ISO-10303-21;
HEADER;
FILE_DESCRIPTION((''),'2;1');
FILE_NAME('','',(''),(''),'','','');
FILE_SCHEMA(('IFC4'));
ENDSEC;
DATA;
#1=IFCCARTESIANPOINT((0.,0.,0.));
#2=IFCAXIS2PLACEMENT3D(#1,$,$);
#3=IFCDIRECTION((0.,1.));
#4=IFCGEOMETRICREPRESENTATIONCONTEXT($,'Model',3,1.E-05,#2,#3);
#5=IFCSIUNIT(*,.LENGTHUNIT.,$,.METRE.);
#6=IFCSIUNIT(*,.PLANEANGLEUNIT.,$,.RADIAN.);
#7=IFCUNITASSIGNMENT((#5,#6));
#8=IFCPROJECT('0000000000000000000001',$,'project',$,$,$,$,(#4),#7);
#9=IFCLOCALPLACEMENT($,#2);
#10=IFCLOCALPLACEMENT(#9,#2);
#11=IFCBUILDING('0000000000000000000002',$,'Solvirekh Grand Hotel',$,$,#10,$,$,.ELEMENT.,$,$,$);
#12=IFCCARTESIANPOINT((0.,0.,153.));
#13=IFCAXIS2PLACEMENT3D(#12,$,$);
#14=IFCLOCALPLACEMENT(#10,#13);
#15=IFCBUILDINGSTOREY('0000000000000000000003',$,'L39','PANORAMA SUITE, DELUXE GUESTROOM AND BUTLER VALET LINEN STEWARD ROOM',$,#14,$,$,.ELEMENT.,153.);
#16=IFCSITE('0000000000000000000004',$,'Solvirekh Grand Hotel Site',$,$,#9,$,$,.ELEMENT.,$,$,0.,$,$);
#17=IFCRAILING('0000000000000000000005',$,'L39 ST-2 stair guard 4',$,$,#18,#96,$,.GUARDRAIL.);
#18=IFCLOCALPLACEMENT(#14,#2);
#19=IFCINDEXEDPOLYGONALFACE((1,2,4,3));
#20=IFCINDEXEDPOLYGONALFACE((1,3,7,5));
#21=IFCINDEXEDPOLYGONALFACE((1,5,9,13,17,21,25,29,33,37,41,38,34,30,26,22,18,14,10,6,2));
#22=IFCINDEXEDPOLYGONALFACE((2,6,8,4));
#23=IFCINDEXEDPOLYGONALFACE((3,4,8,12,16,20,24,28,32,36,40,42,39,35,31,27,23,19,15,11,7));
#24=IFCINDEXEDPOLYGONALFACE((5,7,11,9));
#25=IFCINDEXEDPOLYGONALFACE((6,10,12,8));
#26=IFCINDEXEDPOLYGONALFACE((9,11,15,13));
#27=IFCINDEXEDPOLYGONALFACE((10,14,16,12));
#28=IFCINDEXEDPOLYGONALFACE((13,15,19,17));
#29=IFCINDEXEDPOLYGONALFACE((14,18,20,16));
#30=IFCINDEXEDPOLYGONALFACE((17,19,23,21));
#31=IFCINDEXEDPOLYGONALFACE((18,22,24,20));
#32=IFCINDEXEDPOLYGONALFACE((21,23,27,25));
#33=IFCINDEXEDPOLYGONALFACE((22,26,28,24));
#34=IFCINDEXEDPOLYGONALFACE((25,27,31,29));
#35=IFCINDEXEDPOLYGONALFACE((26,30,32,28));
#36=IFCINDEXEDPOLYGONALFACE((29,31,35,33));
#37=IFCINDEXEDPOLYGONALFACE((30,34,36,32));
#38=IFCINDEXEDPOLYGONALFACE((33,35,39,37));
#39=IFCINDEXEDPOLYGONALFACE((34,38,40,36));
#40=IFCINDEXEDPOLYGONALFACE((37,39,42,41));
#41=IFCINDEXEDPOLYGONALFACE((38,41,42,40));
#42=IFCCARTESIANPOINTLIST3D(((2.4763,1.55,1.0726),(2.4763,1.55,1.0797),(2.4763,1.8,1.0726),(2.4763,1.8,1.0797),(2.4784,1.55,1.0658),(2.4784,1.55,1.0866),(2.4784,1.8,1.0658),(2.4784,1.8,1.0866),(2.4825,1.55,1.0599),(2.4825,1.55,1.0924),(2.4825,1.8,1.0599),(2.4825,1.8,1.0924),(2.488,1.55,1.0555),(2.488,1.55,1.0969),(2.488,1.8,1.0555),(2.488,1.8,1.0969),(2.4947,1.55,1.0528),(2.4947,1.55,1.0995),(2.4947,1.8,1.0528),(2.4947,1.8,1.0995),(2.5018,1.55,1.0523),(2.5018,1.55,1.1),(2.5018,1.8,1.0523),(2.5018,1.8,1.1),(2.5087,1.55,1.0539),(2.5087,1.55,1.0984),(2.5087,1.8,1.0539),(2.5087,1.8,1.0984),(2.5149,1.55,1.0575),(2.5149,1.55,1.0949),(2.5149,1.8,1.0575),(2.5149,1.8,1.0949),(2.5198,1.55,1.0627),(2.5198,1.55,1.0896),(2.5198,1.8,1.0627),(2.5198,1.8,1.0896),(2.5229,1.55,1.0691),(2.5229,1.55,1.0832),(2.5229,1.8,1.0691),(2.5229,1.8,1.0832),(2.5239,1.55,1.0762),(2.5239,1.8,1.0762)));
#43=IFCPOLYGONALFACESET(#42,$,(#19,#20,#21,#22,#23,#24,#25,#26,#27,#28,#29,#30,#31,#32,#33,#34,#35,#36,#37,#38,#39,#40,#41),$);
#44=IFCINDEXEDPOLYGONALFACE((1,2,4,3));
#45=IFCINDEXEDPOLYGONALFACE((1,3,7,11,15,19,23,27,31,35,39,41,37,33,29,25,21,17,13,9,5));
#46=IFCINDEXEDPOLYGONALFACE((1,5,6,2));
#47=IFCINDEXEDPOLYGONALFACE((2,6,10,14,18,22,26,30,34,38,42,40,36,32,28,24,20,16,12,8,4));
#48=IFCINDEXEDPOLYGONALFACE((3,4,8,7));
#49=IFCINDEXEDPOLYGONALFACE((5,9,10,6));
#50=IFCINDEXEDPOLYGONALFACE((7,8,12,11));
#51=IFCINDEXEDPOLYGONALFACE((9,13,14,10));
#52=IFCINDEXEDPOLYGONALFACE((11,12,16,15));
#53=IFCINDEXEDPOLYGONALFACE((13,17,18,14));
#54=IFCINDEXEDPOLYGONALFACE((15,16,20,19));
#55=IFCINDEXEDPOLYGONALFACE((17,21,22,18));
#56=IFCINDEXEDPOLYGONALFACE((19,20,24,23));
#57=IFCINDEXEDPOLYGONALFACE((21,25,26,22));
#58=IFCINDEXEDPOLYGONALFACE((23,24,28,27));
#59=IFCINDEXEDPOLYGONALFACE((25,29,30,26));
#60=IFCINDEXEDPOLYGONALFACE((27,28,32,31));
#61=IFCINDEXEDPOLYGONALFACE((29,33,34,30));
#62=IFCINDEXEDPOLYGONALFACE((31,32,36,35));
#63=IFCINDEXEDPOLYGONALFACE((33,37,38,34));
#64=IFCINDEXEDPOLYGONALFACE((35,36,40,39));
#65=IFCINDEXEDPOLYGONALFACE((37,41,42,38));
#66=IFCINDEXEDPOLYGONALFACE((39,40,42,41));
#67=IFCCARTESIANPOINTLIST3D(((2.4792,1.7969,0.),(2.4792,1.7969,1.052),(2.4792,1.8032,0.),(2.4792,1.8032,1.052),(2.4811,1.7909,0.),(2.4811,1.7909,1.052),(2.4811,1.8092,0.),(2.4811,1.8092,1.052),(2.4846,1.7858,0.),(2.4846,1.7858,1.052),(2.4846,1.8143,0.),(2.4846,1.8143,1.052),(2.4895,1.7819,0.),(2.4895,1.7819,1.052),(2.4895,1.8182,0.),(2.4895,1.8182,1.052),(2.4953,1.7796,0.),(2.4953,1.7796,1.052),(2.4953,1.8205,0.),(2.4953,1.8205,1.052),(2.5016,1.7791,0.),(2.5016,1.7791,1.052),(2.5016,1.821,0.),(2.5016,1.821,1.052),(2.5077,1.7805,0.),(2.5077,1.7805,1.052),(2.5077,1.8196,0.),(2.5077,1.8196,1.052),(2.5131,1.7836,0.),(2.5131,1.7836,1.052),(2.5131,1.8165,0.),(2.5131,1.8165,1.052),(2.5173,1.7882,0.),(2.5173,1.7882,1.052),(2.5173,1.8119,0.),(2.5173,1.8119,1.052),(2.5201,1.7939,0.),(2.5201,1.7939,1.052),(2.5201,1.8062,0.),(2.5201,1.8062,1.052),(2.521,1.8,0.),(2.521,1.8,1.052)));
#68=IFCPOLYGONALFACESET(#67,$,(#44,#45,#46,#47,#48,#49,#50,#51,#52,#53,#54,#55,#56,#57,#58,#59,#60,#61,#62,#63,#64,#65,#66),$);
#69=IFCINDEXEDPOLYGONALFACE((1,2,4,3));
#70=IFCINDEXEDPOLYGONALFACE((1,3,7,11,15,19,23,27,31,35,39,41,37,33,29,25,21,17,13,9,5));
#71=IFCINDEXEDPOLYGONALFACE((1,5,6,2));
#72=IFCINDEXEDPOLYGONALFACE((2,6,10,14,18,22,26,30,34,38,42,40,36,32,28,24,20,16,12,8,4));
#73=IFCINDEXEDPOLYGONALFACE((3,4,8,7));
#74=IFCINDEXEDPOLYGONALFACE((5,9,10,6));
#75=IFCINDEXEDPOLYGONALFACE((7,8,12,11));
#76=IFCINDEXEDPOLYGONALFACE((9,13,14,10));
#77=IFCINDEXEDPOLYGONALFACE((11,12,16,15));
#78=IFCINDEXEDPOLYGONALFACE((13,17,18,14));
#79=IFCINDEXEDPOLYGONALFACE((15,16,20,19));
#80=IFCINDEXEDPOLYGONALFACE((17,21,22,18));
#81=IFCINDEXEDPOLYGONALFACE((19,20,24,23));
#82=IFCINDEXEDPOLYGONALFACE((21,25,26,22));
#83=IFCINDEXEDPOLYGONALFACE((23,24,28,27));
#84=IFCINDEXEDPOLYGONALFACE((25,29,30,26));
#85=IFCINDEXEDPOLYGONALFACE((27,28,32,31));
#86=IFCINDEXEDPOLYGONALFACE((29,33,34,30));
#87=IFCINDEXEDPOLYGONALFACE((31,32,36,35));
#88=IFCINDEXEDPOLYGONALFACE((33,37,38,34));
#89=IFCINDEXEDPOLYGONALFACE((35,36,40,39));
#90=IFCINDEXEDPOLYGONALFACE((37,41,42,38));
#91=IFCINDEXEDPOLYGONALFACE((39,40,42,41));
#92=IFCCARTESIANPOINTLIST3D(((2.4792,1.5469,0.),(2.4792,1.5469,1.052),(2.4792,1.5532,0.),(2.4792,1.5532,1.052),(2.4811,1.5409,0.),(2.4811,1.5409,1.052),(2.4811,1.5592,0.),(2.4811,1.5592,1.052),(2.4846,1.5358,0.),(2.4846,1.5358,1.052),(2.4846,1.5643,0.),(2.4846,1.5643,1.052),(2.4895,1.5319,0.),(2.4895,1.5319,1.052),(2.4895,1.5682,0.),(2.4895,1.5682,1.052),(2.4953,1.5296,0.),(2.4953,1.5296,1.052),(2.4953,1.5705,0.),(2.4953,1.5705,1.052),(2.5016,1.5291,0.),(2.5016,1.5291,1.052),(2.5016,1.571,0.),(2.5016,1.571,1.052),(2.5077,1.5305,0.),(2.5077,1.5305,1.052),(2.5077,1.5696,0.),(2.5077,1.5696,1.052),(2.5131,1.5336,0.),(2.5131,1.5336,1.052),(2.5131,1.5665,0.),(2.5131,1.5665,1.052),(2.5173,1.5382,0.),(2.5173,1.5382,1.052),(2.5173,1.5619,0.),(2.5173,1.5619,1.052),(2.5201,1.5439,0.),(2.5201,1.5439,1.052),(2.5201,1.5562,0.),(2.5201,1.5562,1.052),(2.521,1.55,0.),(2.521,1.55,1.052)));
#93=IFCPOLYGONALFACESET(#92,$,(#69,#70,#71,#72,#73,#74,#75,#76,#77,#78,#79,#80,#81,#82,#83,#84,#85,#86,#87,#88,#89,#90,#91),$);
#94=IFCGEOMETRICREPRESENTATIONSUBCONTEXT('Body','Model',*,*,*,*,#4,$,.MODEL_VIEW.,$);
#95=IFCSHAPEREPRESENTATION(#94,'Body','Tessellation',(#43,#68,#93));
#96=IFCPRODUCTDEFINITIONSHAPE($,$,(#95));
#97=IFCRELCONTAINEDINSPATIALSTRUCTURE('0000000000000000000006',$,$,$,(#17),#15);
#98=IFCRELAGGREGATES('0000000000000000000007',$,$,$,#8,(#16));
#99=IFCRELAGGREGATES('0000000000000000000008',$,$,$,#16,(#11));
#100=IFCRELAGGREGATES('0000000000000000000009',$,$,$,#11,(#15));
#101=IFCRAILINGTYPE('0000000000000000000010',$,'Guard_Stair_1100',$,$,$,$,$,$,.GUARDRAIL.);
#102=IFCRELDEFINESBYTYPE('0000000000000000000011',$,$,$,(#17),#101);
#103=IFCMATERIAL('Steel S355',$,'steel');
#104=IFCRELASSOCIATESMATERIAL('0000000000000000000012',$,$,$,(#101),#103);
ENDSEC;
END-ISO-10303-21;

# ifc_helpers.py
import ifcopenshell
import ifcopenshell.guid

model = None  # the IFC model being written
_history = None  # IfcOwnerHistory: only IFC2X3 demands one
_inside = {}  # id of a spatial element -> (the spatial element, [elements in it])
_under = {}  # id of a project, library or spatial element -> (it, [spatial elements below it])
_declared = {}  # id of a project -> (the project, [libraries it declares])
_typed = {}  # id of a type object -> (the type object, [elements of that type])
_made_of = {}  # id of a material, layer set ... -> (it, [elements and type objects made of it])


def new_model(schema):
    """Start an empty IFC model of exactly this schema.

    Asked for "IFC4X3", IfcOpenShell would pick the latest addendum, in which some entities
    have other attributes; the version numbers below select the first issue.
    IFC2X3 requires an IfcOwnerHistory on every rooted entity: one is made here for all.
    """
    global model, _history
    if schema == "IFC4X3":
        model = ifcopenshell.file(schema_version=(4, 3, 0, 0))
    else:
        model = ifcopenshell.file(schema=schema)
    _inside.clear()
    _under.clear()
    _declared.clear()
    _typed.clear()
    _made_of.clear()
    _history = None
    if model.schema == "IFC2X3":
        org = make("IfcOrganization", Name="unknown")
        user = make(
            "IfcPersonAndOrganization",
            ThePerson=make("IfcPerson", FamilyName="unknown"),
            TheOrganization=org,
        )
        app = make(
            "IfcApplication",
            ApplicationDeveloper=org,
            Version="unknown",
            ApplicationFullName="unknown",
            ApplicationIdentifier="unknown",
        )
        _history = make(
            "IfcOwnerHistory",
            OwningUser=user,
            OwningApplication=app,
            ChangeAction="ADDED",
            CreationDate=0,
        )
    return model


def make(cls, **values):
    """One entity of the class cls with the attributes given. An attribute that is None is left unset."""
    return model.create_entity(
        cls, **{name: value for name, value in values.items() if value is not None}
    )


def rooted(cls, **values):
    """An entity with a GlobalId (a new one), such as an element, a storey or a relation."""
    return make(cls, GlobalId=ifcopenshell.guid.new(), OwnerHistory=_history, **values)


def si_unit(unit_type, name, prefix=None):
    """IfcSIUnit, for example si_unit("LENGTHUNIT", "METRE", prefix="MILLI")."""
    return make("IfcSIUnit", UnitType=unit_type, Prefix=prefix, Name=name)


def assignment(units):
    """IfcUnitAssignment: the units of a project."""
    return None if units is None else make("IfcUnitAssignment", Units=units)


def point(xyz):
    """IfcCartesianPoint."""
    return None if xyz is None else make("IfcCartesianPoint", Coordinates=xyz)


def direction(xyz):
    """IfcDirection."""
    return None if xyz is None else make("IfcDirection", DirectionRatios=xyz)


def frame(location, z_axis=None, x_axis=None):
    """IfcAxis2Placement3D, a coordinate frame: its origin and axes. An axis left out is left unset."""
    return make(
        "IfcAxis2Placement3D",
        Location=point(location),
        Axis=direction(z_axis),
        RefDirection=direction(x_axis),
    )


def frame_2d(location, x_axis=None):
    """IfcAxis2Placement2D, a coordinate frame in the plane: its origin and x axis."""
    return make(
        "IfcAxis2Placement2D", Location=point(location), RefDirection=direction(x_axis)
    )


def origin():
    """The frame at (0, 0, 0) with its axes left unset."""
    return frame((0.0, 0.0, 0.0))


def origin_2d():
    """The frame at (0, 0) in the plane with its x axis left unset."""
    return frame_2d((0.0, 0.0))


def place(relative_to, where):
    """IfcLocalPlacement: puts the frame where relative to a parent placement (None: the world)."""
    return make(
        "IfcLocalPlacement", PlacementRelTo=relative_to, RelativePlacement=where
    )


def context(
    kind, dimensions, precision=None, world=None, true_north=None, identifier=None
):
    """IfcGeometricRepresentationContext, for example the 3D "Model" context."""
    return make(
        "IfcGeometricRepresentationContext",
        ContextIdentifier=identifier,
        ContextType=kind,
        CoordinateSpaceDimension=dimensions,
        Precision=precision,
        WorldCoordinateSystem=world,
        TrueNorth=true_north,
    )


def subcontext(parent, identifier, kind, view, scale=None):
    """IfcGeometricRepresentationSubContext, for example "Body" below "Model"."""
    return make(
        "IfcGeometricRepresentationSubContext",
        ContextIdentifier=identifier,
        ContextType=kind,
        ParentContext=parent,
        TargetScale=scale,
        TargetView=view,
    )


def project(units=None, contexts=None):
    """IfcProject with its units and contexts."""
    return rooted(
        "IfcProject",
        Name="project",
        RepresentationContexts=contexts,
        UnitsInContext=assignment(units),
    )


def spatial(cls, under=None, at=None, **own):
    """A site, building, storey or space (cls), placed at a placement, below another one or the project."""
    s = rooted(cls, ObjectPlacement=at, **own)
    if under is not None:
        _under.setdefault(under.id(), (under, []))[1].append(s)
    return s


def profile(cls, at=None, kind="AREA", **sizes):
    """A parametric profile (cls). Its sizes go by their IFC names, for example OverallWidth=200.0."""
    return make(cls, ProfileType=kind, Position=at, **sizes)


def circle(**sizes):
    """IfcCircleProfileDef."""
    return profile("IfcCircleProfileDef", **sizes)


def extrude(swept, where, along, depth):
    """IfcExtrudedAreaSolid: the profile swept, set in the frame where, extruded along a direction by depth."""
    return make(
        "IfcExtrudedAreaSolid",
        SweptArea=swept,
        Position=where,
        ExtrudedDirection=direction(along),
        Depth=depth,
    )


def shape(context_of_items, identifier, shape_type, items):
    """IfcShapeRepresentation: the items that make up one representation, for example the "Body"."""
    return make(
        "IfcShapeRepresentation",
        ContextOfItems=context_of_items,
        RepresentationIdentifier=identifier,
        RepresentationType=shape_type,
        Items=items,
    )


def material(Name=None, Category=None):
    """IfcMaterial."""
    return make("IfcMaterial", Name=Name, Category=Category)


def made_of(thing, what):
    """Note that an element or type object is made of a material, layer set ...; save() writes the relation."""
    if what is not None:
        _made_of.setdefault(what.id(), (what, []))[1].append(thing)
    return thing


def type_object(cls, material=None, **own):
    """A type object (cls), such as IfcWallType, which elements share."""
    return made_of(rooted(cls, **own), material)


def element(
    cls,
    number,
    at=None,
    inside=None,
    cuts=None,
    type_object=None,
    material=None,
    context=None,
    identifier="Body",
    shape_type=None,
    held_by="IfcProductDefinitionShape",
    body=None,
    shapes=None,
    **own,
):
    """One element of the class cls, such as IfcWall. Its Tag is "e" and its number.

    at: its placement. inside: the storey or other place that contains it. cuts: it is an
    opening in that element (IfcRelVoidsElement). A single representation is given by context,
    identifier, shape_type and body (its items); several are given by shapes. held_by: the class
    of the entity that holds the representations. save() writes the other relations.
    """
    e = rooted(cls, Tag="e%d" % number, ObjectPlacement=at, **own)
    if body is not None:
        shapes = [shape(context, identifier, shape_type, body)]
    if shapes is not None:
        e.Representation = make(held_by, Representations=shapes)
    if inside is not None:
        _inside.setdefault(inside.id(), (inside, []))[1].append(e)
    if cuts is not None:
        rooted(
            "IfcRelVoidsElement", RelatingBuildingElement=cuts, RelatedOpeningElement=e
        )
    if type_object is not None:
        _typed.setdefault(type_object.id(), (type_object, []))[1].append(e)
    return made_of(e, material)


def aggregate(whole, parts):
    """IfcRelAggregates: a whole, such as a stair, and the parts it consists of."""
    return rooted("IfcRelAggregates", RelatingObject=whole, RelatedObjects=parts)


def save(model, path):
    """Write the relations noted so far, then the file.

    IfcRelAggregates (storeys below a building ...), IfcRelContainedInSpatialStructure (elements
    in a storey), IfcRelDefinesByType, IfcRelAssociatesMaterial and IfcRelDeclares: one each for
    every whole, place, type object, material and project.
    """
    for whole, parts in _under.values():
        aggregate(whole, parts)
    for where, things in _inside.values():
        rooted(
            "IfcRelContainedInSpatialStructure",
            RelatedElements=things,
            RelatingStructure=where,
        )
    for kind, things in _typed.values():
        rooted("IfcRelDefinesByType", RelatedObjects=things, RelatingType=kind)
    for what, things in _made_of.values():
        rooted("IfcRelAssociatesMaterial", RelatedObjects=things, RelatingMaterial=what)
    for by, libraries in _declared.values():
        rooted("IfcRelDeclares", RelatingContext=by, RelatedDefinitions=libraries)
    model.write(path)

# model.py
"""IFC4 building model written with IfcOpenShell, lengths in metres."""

from ifc_helpers import new_model, si_unit, direction, frame, origin, origin_2d, place, context, subcontext, project, spatial, circle, extrude, material, type_object, element, save


model = new_model("IFC4")

# Units and contexts
model_context = context("Model", 3, precision=1e-05, world=origin(), true_north=direction((0.0, 1.0)))
body_context = subcontext(model_context, "Body", "Model", "MODEL_VIEW")
ifc_project = project(units=[si_unit("LENGTHUNIT", "METRE"), si_unit("PLANEANGLEUNIT", "RADIAN")], contexts=[model_context])

# Site, building, storey
site_placement = place(None, origin())
site = spatial("IfcSite", under=ifc_project, at=site_placement, Name="Solvirekh Grand Hotel Site", CompositionType="ELEMENT", RefElevation=0.0)
building_placement = place(site_placement, origin())
building = spatial("IfcBuilding", under=site, at=building_placement, Name="Solvirekh Grand Hotel", CompositionType="ELEMENT")
storey_placement = place(building_placement, frame((0.0, 0.0, 153.0)))
storey = spatial("IfcBuildingStorey", under=building, at=storey_placement, Name="L39", Description="PANORAMA SUITE, DELUXE GUESTROOM AND BUTLER VALET LINEN STEWARD ROOM", CompositionType="ELEMENT", Elevation=153.0)

# Shared definitions
ifc_material_1 = material(Name="Steel S355", Category="steel")

# Railing
railing_type_1 = type_object("IfcRailingType", Name="Guard_Stair_1100", PredefinedType="GUARDRAIL", material=ifc_material_1)
railing_1_placement = place(storey_placement, frame((2.5, 1.8, 0.0)))
element("IfcRailing", 1, at=railing_1_placement, inside=storey, type_object=railing_type_1, Name="L39 ST-2 stair guard 4", PredefinedType="GUARDRAIL", context=body_context, shape_type="SweptSolid", body=[
    extrude(circle(Radius=0.0239, at=origin_2d()), frame((0.0, 0.0, 1.0762), z_axis=(0.0, -1.0, 0.0), x_axis=(1.0, 0.0, 0.0)), (0.0, 0.0, 1.0), 0.25),
    extrude(circle(Radius=0.021, at=origin_2d()), origin(), (0.0, 0.0, 1.0), 1.052),
    extrude(circle(Radius=0.021, at=origin_2d()), frame((0.0, -0.25, 0.0)), (0.0, 0.0, 1.0), 1.052),
])

save(model, "model.ifc")
